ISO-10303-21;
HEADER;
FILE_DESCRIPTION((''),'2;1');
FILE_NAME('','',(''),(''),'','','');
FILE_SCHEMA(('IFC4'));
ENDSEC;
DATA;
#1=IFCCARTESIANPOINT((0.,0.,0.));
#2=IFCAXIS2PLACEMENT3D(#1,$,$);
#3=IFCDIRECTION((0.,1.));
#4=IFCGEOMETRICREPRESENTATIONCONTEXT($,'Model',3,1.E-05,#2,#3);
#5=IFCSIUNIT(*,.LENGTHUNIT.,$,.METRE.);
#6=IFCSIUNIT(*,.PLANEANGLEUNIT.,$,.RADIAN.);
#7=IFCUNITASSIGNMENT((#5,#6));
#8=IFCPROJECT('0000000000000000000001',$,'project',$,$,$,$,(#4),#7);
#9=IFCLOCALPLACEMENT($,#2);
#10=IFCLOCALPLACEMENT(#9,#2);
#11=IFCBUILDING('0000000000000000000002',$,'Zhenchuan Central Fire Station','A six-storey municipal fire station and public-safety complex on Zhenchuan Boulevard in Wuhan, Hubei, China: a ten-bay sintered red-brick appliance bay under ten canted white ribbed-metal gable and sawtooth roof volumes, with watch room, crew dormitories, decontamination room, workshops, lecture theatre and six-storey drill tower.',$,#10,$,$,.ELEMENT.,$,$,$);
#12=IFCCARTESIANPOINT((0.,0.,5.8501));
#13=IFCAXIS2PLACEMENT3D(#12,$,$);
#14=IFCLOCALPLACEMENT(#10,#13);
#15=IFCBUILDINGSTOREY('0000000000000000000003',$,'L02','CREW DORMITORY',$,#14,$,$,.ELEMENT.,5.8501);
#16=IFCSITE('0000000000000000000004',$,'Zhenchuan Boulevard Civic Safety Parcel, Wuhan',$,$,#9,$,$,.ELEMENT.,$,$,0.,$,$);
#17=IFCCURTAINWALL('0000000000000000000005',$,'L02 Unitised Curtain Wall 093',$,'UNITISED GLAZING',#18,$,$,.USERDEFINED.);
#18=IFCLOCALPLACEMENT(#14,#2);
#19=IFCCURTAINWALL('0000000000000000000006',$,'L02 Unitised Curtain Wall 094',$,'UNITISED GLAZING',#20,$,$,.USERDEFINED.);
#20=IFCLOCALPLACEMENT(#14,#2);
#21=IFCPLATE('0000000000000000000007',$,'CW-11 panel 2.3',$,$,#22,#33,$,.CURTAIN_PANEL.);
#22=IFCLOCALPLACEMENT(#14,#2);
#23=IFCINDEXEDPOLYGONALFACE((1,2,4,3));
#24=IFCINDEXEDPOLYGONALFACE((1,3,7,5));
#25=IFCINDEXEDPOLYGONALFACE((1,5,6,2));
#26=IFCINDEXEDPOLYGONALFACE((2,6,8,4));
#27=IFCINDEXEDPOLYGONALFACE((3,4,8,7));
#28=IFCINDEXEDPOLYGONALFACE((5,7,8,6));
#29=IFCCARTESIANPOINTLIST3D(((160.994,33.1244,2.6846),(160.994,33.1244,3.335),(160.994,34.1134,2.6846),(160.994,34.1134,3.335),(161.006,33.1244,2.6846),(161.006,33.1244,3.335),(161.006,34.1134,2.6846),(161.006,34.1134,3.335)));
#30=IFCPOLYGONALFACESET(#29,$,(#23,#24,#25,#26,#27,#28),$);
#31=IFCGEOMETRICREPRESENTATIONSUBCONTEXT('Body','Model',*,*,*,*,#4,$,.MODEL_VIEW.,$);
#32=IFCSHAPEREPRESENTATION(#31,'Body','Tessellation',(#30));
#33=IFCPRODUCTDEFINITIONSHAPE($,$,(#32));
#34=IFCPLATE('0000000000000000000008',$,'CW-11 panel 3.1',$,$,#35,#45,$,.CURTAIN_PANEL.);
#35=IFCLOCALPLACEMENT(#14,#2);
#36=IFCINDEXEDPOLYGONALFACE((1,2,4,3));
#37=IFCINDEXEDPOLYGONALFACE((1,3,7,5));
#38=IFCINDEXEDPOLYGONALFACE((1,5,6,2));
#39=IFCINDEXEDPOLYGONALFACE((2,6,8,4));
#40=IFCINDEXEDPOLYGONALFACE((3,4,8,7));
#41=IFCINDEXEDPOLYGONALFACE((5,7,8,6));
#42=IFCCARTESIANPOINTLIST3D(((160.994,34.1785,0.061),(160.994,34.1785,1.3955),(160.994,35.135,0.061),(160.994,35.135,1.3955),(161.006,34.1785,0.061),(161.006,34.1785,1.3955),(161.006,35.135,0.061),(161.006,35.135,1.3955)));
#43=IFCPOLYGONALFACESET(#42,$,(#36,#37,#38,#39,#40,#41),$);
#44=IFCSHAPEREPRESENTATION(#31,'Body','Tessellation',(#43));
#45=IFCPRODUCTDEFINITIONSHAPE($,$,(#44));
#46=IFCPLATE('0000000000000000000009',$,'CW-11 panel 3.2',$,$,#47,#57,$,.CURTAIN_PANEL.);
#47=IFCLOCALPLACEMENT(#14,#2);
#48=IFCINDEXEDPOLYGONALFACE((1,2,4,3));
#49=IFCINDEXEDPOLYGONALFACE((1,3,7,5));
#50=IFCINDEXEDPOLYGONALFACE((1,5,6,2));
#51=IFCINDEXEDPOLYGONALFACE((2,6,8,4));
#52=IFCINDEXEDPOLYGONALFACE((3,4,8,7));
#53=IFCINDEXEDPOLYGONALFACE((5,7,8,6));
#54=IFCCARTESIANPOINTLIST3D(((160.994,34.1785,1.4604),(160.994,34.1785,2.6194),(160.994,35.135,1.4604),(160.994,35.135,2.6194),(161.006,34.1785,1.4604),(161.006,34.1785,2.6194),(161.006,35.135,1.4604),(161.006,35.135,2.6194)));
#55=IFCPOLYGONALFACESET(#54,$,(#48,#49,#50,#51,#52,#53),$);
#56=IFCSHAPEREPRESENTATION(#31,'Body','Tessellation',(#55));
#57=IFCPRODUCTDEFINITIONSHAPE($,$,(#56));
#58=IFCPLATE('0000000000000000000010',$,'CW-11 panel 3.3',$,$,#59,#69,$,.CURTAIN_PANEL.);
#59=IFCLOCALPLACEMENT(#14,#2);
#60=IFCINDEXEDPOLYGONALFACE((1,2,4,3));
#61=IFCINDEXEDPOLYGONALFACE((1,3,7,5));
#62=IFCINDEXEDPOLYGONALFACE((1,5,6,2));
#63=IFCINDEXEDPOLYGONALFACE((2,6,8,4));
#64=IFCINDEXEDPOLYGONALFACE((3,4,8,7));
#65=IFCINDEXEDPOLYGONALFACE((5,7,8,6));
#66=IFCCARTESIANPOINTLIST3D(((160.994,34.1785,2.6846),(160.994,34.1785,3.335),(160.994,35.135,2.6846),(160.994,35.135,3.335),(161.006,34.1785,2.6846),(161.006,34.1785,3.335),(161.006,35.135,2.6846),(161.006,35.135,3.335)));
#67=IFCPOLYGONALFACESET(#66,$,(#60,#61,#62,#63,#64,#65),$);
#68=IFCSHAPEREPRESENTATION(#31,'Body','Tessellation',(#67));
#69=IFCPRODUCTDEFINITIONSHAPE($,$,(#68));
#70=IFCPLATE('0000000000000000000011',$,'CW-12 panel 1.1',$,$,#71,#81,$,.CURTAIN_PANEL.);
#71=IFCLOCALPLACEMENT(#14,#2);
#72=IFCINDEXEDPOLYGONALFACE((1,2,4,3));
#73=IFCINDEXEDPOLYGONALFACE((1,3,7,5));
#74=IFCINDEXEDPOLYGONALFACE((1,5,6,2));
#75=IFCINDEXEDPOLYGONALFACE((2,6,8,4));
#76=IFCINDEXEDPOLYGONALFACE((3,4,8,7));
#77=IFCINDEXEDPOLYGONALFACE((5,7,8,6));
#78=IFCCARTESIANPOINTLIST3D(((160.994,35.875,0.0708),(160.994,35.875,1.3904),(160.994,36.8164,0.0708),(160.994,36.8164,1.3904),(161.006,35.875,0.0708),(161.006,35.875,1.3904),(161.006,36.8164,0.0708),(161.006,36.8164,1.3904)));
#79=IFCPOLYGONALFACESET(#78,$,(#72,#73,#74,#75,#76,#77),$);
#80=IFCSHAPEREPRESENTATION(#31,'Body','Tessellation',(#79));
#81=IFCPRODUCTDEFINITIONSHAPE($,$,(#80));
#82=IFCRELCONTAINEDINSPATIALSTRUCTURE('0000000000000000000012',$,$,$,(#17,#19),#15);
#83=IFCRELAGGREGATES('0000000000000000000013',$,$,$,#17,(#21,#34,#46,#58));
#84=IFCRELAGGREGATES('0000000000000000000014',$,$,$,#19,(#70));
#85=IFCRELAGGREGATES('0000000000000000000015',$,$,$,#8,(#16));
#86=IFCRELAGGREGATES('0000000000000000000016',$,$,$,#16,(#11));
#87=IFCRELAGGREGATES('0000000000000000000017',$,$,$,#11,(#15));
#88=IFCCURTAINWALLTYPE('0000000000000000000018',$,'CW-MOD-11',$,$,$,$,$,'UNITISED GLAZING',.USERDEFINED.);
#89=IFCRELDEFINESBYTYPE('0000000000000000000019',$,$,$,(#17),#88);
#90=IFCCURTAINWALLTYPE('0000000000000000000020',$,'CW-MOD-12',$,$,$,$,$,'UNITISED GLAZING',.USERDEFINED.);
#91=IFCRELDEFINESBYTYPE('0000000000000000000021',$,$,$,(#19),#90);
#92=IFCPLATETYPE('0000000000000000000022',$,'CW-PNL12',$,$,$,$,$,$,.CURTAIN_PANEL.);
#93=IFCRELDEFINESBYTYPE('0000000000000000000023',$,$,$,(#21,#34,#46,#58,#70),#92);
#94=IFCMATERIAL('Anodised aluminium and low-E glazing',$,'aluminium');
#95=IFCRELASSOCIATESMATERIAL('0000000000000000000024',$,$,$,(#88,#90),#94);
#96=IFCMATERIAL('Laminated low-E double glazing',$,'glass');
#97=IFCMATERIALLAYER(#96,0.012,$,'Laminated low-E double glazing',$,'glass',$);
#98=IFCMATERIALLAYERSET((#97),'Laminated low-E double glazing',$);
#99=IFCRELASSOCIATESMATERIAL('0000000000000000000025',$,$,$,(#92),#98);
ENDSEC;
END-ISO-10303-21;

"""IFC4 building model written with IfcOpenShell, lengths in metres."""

from ifc_helpers import new_model, si_unit, direction, frame, origin, origin_2d, place, context, subcontext, project, spatial, rectangle, extrude, material, layer, layer_set, type_object, element, aggregate, save


model = new_model("IFC4")

# Units and contexts
model_context = context("Model", 3, precision=1e-05, world=origin(), true_north=direction((0.0, 1.0)))
body_context = subcontext(model_context, "Body", "Model", "MODEL_VIEW")
ifc_project = project(units=[si_unit("LENGTHUNIT", "METRE"), si_unit("PLANEANGLEUNIT", "RADIAN")], contexts=[model_context])

# Site, building, storey
site_placement = place(None, origin())
site = spatial("IfcSite", under=ifc_project, at=site_placement, Name="Zhenchuan Boulevard Civic Safety Parcel, Wuhan", CompositionType="ELEMENT", RefElevation=0.0)
building_placement = place(site_placement, origin())
building = spatial("IfcBuilding", under=site, at=building_placement, Name="Zhenchuan Central Fire Station", Description="A six-storey municipal fire station and public-safety complex on Zhenchuan Boulevard in Wuhan, Hubei, China: a ten-bay sintered red-brick appliance bay under ten canted white ribbed-metal gable and sawtooth roof volumes, with watch room, crew dormitories, decontamination room, workshops, lecture theatre and six-storey drill tower.", CompositionType="ELEMENT")
storey_placement = place(building_placement, frame((0.0, 0.0, 5.8501)))
storey = spatial("IfcBuildingStorey", under=building, at=storey_placement, Name="L02", Description="CREW DORMITORY", CompositionType="ELEMENT", Elevation=5.8501)

# Shared definitions
ifc_material_1 = material(Name="Anodised aluminium and low-E glazing", Category="aluminium")

# Curtain wall
curtain_wall_type_1 = type_object("IfcCurtainWallType", Name="CW-MOD-11", ElementType="UNITISED GLAZING", PredefinedType="USERDEFINED", material=ifc_material_1)
curtain_wall_1_placement = place(storey_placement, origin())
curtain_wall_1 = element("IfcCurtainWall", 1, at=curtain_wall_1_placement, inside=storey, type_object=curtain_wall_type_1, Name="L02 Unitised Curtain Wall 093", ObjectType="UNITISED GLAZING", PredefinedType="USERDEFINED")

# Curtain wall
curtain_wall_type_2 = type_object("IfcCurtainWallType", Name="CW-MOD-12", ElementType="UNITISED GLAZING", PredefinedType="USERDEFINED", material=ifc_material_1)
curtain_wall_2_placement = place(storey_placement, origin())
curtain_wall_2 = element("IfcCurtainWall", 2, at=curtain_wall_2_placement, inside=storey, type_object=curtain_wall_type_2, Name="L02 Unitised Curtain Wall 094", ObjectType="UNITISED GLAZING", PredefinedType="USERDEFINED")

# Plates
ifc_material_2 = material(Name="Laminated low-E double glazing", Category="glass")
ifc_layer = layer(ifc_material_2, 0.012, Name="Laminated low-E double glazing", Category="glass")
ifc_layer_set = layer_set([ifc_layer], Name="Laminated low-E double glazing")
plate_type = type_object("IfcPlateType", Name="CW-PNL12", PredefinedType="CURTAIN_PANEL", material=ifc_layer_set)
plate_1_placement = place(storey_placement, frame((161.0, 33.6189, 2.6846), z_axis=(0.0, 0.0, 1.0), x_axis=(0.0, 1.0, 0.0)))
plate_1 = element("IfcPlate", 3, at=plate_1_placement, type_object=plate_type, Name="CW-11 panel 2.3", PredefinedType="CURTAIN_PANEL", context=body_context, shape_type="SweptSolid", body=[
    extrude(rectangle(XDim=0.989, YDim=0.012, at=origin_2d()), origin(), (0.0, 0.0, 1.0), 0.6504),
])
plate_2_placement = place(storey_placement, frame((161.0, 34.6567, 0.061), z_axis=(0.0, 0.0, 1.0), x_axis=(0.0, 1.0, 0.0)))
plate_2 = element("IfcPlate", 4, at=plate_2_placement, type_object=plate_type, Name="CW-11 panel 3.1", PredefinedType="CURTAIN_PANEL", context=body_context, shape_type="SweptSolid", body=[
    extrude(rectangle(XDim=0.9565, YDim=0.012, at=origin_2d()), origin(), (0.0, 0.0, 1.0), 1.3345),
])
plate_3_placement = place(storey_placement, frame((161.0, 34.6567, 1.4604), z_axis=(0.0, 0.0, 1.0), x_axis=(0.0, 1.0, 0.0)))
plate_3 = element("IfcPlate", 5, at=plate_3_placement, type_object=plate_type, Name="CW-11 panel 3.2", PredefinedType="CURTAIN_PANEL", context=body_context, shape_type="SweptSolid", body=[
    extrude(rectangle(XDim=0.9565, YDim=0.012, at=origin_2d()), origin(), (0.0, 0.0, 1.0), 1.1589),
])
plate_4_placement = place(storey_placement, frame((161.0, 34.6567, 2.6846), z_axis=(0.0, 0.0, 1.0), x_axis=(0.0, 1.0, 0.0)))
plate_4 = element("IfcPlate", 6, at=plate_4_placement, type_object=plate_type, Name="CW-11 panel 3.3", PredefinedType="CURTAIN_PANEL", context=body_context, shape_type="SweptSolid", body=[
    extrude(rectangle(XDim=0.9565, YDim=0.012, at=origin_2d()), origin(), (0.0, 0.0, 1.0), 0.6504),
])
aggregate(curtain_wall_1, [plate_1, plate_2, plate_3, plate_4])
plate_5_placement = place(storey_placement, frame((161.0, 36.3457, 0.0708), z_axis=(0.0, 0.0, 1.0), x_axis=(0.0, 1.0, 0.0)))
plate_5 = element("IfcPlate", 7, at=plate_5_placement, type_object=plate_type, Name="CW-12 panel 1.1", PredefinedType="CURTAIN_PANEL", context=body_context, shape_type="SweptSolid", body=[
    extrude(rectangle(XDim=0.9414, YDim=0.012, at=origin_2d()), origin(), (0.0, 0.0, 1.0), 1.3196),
])
aggregate(curtain_wall_2, [plate_5])

save(model, "model.ifc")
